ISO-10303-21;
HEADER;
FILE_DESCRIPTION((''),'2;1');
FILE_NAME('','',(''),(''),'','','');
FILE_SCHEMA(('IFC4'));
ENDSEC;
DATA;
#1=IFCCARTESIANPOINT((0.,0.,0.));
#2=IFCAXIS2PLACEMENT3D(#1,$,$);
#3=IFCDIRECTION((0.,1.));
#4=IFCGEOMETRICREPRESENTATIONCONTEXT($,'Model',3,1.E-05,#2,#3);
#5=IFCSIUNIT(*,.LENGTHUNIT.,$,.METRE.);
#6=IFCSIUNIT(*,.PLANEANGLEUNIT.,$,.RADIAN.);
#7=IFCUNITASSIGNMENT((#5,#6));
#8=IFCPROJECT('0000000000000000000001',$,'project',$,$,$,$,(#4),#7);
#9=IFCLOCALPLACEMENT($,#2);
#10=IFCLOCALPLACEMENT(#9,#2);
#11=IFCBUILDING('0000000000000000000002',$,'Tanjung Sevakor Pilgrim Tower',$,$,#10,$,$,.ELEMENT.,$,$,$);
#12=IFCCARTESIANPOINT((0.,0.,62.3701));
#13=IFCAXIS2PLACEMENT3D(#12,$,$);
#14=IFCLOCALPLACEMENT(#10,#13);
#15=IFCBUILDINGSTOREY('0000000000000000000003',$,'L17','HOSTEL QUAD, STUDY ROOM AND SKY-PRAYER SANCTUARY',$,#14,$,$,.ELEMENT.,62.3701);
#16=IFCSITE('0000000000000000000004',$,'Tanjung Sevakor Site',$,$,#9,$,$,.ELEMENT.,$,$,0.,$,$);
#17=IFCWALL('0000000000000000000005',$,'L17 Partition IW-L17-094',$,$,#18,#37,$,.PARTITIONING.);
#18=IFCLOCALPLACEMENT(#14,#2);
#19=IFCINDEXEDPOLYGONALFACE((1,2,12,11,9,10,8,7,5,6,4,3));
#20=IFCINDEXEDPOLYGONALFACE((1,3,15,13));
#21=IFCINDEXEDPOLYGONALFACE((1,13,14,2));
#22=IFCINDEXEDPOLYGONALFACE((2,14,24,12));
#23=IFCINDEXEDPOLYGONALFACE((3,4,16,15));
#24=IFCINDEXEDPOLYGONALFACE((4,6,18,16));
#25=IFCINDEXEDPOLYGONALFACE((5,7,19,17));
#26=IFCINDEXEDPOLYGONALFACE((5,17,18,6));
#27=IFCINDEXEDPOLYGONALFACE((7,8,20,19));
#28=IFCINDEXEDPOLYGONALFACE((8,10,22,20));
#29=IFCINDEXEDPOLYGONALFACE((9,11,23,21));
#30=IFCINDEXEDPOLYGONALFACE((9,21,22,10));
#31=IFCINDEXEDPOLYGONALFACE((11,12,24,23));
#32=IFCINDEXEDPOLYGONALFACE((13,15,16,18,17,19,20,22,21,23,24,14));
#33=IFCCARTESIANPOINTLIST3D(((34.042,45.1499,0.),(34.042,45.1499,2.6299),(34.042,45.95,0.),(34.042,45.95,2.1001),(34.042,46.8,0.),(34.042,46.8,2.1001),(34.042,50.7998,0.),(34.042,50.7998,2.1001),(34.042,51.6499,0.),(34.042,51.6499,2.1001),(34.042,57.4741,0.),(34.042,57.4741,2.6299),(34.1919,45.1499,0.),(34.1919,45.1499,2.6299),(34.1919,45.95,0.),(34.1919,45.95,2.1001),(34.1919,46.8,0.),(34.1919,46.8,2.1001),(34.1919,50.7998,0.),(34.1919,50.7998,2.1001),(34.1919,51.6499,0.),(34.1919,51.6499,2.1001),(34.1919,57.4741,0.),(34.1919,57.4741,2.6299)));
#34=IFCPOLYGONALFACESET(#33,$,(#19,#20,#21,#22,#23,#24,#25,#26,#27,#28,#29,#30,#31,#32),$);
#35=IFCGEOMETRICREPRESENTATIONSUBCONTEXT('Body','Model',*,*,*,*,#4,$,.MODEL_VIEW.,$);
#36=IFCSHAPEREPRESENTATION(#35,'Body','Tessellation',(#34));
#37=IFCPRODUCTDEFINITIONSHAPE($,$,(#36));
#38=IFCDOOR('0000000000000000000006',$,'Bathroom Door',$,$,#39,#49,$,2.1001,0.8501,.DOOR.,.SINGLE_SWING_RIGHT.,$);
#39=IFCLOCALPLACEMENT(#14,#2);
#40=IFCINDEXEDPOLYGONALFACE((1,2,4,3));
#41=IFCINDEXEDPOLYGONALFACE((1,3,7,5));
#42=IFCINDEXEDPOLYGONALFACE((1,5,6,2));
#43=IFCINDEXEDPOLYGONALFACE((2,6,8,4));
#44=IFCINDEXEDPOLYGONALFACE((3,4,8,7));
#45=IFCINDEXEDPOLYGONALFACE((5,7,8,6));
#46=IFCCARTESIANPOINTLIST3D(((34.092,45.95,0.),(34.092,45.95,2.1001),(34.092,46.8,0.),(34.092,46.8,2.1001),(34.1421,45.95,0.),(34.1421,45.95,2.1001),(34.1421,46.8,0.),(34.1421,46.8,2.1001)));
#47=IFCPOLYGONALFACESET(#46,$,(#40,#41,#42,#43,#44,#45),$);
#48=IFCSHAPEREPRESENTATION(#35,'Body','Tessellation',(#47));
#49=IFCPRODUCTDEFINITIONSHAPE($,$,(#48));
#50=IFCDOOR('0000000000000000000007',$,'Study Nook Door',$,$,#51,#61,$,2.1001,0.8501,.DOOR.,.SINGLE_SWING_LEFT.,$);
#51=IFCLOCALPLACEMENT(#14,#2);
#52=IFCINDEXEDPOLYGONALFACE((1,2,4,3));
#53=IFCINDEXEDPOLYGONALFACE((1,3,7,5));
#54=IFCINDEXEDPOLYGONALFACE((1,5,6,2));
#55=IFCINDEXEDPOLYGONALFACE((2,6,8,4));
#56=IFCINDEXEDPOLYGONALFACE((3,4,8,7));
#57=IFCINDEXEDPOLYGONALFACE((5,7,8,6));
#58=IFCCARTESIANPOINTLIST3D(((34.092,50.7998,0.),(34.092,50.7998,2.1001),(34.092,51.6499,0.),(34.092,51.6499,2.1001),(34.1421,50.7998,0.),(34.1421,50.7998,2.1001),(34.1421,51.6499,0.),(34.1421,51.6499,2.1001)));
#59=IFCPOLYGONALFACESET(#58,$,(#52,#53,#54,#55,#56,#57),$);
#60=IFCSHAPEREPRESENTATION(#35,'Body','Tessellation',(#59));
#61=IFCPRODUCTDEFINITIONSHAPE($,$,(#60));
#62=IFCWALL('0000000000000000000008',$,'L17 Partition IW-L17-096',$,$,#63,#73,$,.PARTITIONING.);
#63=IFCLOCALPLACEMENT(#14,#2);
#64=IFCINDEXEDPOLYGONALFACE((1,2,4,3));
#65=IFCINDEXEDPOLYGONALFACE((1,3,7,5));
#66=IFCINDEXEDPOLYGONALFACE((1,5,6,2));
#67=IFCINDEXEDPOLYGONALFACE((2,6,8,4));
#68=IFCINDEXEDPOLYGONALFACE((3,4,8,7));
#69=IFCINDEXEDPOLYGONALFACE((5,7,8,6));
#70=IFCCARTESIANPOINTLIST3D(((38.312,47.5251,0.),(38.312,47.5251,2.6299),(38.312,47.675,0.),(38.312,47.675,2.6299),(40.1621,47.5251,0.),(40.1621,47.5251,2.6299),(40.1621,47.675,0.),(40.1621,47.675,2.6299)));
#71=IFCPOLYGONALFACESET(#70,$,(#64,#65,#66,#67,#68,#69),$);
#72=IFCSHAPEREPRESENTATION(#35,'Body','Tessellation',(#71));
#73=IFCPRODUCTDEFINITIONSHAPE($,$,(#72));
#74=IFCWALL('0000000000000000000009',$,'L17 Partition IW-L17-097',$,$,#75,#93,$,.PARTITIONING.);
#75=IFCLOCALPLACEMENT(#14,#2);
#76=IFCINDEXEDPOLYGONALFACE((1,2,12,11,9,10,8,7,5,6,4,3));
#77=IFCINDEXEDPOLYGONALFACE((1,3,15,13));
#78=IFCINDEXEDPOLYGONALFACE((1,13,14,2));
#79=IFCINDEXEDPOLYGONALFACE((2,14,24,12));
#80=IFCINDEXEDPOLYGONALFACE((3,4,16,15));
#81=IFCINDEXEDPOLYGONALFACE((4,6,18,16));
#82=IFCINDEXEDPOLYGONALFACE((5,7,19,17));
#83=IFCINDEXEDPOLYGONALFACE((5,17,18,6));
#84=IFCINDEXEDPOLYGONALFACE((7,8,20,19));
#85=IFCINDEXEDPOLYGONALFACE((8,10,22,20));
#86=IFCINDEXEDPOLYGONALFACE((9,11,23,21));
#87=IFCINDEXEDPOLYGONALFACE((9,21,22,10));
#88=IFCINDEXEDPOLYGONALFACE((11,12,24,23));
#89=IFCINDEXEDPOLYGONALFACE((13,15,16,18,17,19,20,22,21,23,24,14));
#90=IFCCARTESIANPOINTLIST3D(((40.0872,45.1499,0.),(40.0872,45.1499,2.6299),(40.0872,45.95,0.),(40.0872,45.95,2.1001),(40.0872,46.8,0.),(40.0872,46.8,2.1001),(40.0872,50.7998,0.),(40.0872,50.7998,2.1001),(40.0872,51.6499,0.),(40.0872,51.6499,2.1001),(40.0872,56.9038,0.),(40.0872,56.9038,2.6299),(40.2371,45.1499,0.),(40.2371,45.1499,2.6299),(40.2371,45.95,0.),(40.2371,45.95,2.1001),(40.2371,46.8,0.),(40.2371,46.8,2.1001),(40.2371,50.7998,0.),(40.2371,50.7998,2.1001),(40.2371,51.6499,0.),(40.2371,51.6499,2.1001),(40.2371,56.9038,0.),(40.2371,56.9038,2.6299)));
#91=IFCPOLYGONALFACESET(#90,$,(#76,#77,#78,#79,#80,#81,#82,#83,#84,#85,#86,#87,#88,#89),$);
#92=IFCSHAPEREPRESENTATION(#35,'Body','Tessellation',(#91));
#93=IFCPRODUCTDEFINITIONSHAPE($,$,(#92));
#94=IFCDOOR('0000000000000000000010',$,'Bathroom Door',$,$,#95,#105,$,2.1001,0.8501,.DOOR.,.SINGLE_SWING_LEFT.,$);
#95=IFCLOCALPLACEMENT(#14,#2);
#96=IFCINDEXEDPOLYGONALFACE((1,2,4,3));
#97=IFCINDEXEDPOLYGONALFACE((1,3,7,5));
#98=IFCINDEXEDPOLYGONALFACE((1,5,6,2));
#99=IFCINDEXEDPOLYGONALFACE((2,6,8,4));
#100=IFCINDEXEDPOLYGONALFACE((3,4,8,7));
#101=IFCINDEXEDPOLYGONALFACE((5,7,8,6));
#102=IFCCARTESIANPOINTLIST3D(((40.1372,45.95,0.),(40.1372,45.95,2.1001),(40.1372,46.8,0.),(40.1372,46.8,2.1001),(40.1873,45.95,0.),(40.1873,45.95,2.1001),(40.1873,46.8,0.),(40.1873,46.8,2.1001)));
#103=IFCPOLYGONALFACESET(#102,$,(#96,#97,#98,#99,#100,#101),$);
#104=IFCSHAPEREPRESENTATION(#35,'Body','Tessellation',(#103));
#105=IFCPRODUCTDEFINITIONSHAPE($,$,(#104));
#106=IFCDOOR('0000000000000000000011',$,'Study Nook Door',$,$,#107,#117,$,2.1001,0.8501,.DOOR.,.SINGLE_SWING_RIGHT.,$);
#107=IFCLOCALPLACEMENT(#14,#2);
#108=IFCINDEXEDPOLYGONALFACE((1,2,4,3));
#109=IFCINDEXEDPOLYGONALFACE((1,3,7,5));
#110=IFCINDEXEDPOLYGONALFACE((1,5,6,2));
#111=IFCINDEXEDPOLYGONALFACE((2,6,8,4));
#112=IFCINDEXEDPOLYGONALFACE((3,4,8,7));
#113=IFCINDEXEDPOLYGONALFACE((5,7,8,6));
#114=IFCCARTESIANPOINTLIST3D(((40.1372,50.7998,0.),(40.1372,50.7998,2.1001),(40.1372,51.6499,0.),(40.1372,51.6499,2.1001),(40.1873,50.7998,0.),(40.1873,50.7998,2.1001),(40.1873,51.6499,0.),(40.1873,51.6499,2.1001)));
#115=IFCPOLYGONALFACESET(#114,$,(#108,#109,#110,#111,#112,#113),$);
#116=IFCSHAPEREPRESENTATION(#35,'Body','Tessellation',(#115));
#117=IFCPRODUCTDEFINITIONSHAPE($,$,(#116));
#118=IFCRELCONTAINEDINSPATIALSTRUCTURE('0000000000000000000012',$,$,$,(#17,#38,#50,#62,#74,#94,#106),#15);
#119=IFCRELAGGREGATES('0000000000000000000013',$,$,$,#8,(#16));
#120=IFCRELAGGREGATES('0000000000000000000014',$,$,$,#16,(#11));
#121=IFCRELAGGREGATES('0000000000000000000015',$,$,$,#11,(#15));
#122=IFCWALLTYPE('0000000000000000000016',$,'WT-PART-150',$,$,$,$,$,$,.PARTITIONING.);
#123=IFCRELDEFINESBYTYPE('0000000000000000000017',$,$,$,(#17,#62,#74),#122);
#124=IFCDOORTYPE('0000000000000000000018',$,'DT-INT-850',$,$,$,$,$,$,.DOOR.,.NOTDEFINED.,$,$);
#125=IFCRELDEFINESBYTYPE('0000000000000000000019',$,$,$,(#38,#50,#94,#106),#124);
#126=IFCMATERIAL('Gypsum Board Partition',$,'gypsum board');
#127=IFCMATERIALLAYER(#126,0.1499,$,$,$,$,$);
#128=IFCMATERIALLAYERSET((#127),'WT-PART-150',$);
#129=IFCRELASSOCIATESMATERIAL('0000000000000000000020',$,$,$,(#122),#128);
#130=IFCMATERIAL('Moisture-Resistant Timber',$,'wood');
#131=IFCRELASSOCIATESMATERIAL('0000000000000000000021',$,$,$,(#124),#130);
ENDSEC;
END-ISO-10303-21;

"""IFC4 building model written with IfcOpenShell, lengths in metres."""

from ifc_helpers import new_model, si_unit, direction, frame, frame_2d, origin, place, context, subcontext, project, spatial, rectangle, extrude, material, layer, layer_set, type_object, element, fill, save


model = new_model("IFC4")

# Units and contexts
model_context = context("Model", 3, precision=1e-05, world=origin(), true_north=direction((0.0, 1.0)))
body_context = subcontext(model_context, "Body", "Model", "MODEL_VIEW")
ifc_project = project(units=[si_unit("LENGTHUNIT", "METRE"), si_unit("PLANEANGLEUNIT", "RADIAN")], contexts=[model_context])

# Site, building, storey
site_placement = place(None, origin())
site = spatial("IfcSite", under=ifc_project, at=site_placement, Name="Tanjung Sevakor Site", CompositionType="ELEMENT", RefElevation=0.0)
building_placement = place(site_placement, origin())
building = spatial("IfcBuilding", under=site, at=building_placement, Name="Tanjung Sevakor Pilgrim Tower", CompositionType="ELEMENT")
storey_placement = place(building_placement, frame((0.0, 0.0, 62.3701)))
storey = spatial("IfcBuildingStorey", under=building, at=storey_placement, Name="L17", Description="HOSTEL QUAD, STUDY ROOM AND SKY-PRAYER SANCTUARY", CompositionType="ELEMENT", Elevation=62.3701)

# Wall, openings, doors
ifc_material_1 = material(Name="Gypsum Board Partition", Category="gypsum board")
ifc_layer_1 = layer(ifc_material_1, 0.1499)
ifc_layer_set_1 = layer_set([ifc_layer_1], Name="WT-PART-150")
wall_type_1 = type_object("IfcWallType", Name="WT-PART-150", PredefinedType="PARTITIONING", material=ifc_layer_set_1)
wall_1_placement = place(storey_placement, frame((34.1169, 45.1499, 0.0), z_axis=(0.0, 0.0, 1.0), x_axis=(0.0, 1.0, 0.0)))
wall_1 = element("IfcWall", 1, at=wall_1_placement, inside=storey, type_object=wall_type_1, Name="L17 Partition IW-L17-094", PredefinedType="PARTITIONING", context=body_context, shape_type="SweptSolid", body=[
    extrude(rectangle(XDim=12.3242, YDim=0.1499, at=frame_2d((6.1621, 0.0))), origin(), (0.0, 0.0, 1.0), 2.6299),
])
opening_1_placement = place(wall_1_placement, frame((0.8, 0.0, 0.0)))
opening_1 = element("IfcOpeningElement", 2, at=opening_1_placement, cuts=wall_1, PredefinedType="OPENING", context=body_context, shape_type="SweptSolid", body=[
    extrude(rectangle(XDim=0.8501, YDim=2.1001, at=frame_2d((0.425, 1.05))), frame((0.0, 0.085, 0.0), z_axis=(0.0, -1.0, 0.0), x_axis=(1.0, 0.0, 0.0)), (0.0, 0.0, 1.0), 0.1699),
])
opening_2_placement = place(wall_1_placement, frame((5.6499, 0.0, 0.0)))
opening_2 = element("IfcOpeningElement", 3, at=opening_2_placement, cuts=wall_1, PredefinedType="OPENING", context=body_context, shape_type="SweptSolid", body=[
    extrude(rectangle(XDim=0.8501, YDim=2.1001, at=frame_2d((0.425, 1.05))), frame((0.0, 0.085, 0.0), z_axis=(0.0, -1.0, 0.0), x_axis=(1.0, 0.0, 0.0)), (0.0, 0.0, 1.0), 0.1699),
])
ifc_material_2 = material(Name="Moisture-Resistant Timber", Category="wood")
door_type_1 = type_object("IfcDoorType", Name="DT-INT-850", OperationType="NOTDEFINED", PredefinedType="DOOR", material=ifc_material_2)
door_1_placement = place(opening_1_placement, origin())
door_1 = element("IfcDoor", 4, at=door_1_placement, inside=storey, type_object=door_type_1, Name="Bathroom Door", OperationType="SINGLE_SWING_RIGHT", OverallHeight=2.1001, OverallWidth=0.8501, PredefinedType="DOOR", context=body_context, shape_type="SweptSolid", body=[
    extrude(rectangle(XDim=0.8501, YDim=2.1001, at=frame_2d((0.425, 1.05))), frame((0.0, 0.0249, 0.0), z_axis=(0.0, -1.0, 0.0), x_axis=(1.0, 0.0, 0.0)), (0.0, 0.0, 1.0), 0.05),
])
fill(opening_1, door_1)
door_2_placement = place(opening_2_placement, origin())
door_2 = element("IfcDoor", 5, at=door_2_placement, inside=storey, type_object=door_type_1, Name="Study Nook Door", OperationType="SINGLE_SWING_LEFT", OverallHeight=2.1001, OverallWidth=0.8501, PredefinedType="DOOR", context=body_context, shape_type="SweptSolid", body=[
    extrude(rectangle(XDim=0.8501, YDim=2.1001, at=frame_2d((0.425, 1.05))), frame((0.0, 0.0249, 0.0), z_axis=(0.0, -1.0, 0.0), x_axis=(1.0, 0.0, 0.0)), (0.0, 0.0, 1.0), 0.05),
])
fill(opening_2, door_2)

# Wall
wall_2_placement = place(storey_placement, frame((38.312, 47.6001, 0.0), z_axis=(0.0, 0.0, 1.0), x_axis=(1.0, 0.0, 0.0)))
element("IfcWall", 6, at=wall_2_placement, inside=storey, type_object=wall_type_1, Name="L17 Partition IW-L17-096", PredefinedType="PARTITIONING", context=body_context, shape_type="SweptSolid", body=[
    extrude(rectangle(XDim=1.8501, YDim=0.1499, at=frame_2d((0.925, 0.0))), origin(), (0.0, 0.0, 1.0), 2.6299),
])

# Wall, openings, doors
wall_3_placement = place(storey_placement, frame((40.1621, 45.1499, 0.0), z_axis=(0.0, 0.0, 1.0), x_axis=(0.0, 1.0, 0.0)))
wall_3 = element("IfcWall", 7, at=wall_3_placement, inside=storey, type_object=wall_type_1, Name="L17 Partition IW-L17-097", PredefinedType="PARTITIONING", context=body_context, shape_type="SweptSolid", body=[
    extrude(rectangle(XDim=11.7539, YDim=0.1499, at=frame_2d((5.877, 0.0))), origin(), (0.0, 0.0, 1.0), 2.6299),
])
opening_3_placement = place(wall_3_placement, frame((0.8, 0.0, 0.0)))
opening_3 = element("IfcOpeningElement", 8, at=opening_3_placement, cuts=wall_3, PredefinedType="OPENING", context=body_context, shape_type="SweptSolid", body=[
    extrude(rectangle(XDim=0.8501, YDim=2.1001, at=frame_2d((0.425, 1.05))), frame((0.0, 0.085, 0.0), z_axis=(0.0, -1.0, 0.0), x_axis=(1.0, 0.0, 0.0)), (0.0, 0.0, 1.0), 0.1699),
])
opening_4_placement = place(wall_3_placement, frame((5.6499, 0.0, 0.0)))
opening_4 = element("IfcOpeningElement", 9, at=opening_4_placement, cuts=wall_3, PredefinedType="OPENING", context=body_context, shape_type="SweptSolid", body=[
    extrude(rectangle(XDim=0.8501, YDim=2.1001, at=frame_2d((0.425, 1.05))), frame((0.0, 0.085, 0.0), z_axis=(0.0, -1.0, 0.0), x_axis=(1.0, 0.0, 0.0)), (0.0, 0.0, 1.0), 0.1699),
])
door_3_placement = place(opening_3_placement, origin())
door_3 = element("IfcDoor", 10, at=door_3_placement, inside=storey, type_object=door_type_1, Name="Bathroom Door", OperationType="SINGLE_SWING_LEFT", OverallHeight=2.1001, OverallWidth=0.8501, PredefinedType="DOOR", context=body_context, shape_type="SweptSolid", body=[
    extrude(rectangle(XDim=0.8501, YDim=2.1001, at=frame_2d((0.425, 1.05))), frame((0.0, 0.0249, 0.0), z_axis=(0.0, -1.0, 0.0), x_axis=(1.0, 0.0, 0.0)), (0.0, 0.0, 1.0), 0.05),
])
fill(opening_3, door_3)
door_4_placement = place(opening_4_placement, origin())
door_4 = element("IfcDoor", 11, at=door_4_placement, inside=storey, type_object=door_type_1, Name="Study Nook Door", OperationType="SINGLE_SWING_RIGHT", OverallHeight=2.1001, OverallWidth=0.8501, PredefinedType="DOOR", context=body_context, shape_type="SweptSolid", body=[
    extrude(rectangle(XDim=0.8501, YDim=2.1001, at=frame_2d((0.425, 1.05))), frame((0.0, 0.0249, 0.0), z_axis=(0.0, -1.0, 0.0), x_axis=(1.0, 0.0, 0.0)), (0.0, 0.0, 1.0), 0.05),
])
fill(opening_4, door_4)

save(model, "model.ifc")
